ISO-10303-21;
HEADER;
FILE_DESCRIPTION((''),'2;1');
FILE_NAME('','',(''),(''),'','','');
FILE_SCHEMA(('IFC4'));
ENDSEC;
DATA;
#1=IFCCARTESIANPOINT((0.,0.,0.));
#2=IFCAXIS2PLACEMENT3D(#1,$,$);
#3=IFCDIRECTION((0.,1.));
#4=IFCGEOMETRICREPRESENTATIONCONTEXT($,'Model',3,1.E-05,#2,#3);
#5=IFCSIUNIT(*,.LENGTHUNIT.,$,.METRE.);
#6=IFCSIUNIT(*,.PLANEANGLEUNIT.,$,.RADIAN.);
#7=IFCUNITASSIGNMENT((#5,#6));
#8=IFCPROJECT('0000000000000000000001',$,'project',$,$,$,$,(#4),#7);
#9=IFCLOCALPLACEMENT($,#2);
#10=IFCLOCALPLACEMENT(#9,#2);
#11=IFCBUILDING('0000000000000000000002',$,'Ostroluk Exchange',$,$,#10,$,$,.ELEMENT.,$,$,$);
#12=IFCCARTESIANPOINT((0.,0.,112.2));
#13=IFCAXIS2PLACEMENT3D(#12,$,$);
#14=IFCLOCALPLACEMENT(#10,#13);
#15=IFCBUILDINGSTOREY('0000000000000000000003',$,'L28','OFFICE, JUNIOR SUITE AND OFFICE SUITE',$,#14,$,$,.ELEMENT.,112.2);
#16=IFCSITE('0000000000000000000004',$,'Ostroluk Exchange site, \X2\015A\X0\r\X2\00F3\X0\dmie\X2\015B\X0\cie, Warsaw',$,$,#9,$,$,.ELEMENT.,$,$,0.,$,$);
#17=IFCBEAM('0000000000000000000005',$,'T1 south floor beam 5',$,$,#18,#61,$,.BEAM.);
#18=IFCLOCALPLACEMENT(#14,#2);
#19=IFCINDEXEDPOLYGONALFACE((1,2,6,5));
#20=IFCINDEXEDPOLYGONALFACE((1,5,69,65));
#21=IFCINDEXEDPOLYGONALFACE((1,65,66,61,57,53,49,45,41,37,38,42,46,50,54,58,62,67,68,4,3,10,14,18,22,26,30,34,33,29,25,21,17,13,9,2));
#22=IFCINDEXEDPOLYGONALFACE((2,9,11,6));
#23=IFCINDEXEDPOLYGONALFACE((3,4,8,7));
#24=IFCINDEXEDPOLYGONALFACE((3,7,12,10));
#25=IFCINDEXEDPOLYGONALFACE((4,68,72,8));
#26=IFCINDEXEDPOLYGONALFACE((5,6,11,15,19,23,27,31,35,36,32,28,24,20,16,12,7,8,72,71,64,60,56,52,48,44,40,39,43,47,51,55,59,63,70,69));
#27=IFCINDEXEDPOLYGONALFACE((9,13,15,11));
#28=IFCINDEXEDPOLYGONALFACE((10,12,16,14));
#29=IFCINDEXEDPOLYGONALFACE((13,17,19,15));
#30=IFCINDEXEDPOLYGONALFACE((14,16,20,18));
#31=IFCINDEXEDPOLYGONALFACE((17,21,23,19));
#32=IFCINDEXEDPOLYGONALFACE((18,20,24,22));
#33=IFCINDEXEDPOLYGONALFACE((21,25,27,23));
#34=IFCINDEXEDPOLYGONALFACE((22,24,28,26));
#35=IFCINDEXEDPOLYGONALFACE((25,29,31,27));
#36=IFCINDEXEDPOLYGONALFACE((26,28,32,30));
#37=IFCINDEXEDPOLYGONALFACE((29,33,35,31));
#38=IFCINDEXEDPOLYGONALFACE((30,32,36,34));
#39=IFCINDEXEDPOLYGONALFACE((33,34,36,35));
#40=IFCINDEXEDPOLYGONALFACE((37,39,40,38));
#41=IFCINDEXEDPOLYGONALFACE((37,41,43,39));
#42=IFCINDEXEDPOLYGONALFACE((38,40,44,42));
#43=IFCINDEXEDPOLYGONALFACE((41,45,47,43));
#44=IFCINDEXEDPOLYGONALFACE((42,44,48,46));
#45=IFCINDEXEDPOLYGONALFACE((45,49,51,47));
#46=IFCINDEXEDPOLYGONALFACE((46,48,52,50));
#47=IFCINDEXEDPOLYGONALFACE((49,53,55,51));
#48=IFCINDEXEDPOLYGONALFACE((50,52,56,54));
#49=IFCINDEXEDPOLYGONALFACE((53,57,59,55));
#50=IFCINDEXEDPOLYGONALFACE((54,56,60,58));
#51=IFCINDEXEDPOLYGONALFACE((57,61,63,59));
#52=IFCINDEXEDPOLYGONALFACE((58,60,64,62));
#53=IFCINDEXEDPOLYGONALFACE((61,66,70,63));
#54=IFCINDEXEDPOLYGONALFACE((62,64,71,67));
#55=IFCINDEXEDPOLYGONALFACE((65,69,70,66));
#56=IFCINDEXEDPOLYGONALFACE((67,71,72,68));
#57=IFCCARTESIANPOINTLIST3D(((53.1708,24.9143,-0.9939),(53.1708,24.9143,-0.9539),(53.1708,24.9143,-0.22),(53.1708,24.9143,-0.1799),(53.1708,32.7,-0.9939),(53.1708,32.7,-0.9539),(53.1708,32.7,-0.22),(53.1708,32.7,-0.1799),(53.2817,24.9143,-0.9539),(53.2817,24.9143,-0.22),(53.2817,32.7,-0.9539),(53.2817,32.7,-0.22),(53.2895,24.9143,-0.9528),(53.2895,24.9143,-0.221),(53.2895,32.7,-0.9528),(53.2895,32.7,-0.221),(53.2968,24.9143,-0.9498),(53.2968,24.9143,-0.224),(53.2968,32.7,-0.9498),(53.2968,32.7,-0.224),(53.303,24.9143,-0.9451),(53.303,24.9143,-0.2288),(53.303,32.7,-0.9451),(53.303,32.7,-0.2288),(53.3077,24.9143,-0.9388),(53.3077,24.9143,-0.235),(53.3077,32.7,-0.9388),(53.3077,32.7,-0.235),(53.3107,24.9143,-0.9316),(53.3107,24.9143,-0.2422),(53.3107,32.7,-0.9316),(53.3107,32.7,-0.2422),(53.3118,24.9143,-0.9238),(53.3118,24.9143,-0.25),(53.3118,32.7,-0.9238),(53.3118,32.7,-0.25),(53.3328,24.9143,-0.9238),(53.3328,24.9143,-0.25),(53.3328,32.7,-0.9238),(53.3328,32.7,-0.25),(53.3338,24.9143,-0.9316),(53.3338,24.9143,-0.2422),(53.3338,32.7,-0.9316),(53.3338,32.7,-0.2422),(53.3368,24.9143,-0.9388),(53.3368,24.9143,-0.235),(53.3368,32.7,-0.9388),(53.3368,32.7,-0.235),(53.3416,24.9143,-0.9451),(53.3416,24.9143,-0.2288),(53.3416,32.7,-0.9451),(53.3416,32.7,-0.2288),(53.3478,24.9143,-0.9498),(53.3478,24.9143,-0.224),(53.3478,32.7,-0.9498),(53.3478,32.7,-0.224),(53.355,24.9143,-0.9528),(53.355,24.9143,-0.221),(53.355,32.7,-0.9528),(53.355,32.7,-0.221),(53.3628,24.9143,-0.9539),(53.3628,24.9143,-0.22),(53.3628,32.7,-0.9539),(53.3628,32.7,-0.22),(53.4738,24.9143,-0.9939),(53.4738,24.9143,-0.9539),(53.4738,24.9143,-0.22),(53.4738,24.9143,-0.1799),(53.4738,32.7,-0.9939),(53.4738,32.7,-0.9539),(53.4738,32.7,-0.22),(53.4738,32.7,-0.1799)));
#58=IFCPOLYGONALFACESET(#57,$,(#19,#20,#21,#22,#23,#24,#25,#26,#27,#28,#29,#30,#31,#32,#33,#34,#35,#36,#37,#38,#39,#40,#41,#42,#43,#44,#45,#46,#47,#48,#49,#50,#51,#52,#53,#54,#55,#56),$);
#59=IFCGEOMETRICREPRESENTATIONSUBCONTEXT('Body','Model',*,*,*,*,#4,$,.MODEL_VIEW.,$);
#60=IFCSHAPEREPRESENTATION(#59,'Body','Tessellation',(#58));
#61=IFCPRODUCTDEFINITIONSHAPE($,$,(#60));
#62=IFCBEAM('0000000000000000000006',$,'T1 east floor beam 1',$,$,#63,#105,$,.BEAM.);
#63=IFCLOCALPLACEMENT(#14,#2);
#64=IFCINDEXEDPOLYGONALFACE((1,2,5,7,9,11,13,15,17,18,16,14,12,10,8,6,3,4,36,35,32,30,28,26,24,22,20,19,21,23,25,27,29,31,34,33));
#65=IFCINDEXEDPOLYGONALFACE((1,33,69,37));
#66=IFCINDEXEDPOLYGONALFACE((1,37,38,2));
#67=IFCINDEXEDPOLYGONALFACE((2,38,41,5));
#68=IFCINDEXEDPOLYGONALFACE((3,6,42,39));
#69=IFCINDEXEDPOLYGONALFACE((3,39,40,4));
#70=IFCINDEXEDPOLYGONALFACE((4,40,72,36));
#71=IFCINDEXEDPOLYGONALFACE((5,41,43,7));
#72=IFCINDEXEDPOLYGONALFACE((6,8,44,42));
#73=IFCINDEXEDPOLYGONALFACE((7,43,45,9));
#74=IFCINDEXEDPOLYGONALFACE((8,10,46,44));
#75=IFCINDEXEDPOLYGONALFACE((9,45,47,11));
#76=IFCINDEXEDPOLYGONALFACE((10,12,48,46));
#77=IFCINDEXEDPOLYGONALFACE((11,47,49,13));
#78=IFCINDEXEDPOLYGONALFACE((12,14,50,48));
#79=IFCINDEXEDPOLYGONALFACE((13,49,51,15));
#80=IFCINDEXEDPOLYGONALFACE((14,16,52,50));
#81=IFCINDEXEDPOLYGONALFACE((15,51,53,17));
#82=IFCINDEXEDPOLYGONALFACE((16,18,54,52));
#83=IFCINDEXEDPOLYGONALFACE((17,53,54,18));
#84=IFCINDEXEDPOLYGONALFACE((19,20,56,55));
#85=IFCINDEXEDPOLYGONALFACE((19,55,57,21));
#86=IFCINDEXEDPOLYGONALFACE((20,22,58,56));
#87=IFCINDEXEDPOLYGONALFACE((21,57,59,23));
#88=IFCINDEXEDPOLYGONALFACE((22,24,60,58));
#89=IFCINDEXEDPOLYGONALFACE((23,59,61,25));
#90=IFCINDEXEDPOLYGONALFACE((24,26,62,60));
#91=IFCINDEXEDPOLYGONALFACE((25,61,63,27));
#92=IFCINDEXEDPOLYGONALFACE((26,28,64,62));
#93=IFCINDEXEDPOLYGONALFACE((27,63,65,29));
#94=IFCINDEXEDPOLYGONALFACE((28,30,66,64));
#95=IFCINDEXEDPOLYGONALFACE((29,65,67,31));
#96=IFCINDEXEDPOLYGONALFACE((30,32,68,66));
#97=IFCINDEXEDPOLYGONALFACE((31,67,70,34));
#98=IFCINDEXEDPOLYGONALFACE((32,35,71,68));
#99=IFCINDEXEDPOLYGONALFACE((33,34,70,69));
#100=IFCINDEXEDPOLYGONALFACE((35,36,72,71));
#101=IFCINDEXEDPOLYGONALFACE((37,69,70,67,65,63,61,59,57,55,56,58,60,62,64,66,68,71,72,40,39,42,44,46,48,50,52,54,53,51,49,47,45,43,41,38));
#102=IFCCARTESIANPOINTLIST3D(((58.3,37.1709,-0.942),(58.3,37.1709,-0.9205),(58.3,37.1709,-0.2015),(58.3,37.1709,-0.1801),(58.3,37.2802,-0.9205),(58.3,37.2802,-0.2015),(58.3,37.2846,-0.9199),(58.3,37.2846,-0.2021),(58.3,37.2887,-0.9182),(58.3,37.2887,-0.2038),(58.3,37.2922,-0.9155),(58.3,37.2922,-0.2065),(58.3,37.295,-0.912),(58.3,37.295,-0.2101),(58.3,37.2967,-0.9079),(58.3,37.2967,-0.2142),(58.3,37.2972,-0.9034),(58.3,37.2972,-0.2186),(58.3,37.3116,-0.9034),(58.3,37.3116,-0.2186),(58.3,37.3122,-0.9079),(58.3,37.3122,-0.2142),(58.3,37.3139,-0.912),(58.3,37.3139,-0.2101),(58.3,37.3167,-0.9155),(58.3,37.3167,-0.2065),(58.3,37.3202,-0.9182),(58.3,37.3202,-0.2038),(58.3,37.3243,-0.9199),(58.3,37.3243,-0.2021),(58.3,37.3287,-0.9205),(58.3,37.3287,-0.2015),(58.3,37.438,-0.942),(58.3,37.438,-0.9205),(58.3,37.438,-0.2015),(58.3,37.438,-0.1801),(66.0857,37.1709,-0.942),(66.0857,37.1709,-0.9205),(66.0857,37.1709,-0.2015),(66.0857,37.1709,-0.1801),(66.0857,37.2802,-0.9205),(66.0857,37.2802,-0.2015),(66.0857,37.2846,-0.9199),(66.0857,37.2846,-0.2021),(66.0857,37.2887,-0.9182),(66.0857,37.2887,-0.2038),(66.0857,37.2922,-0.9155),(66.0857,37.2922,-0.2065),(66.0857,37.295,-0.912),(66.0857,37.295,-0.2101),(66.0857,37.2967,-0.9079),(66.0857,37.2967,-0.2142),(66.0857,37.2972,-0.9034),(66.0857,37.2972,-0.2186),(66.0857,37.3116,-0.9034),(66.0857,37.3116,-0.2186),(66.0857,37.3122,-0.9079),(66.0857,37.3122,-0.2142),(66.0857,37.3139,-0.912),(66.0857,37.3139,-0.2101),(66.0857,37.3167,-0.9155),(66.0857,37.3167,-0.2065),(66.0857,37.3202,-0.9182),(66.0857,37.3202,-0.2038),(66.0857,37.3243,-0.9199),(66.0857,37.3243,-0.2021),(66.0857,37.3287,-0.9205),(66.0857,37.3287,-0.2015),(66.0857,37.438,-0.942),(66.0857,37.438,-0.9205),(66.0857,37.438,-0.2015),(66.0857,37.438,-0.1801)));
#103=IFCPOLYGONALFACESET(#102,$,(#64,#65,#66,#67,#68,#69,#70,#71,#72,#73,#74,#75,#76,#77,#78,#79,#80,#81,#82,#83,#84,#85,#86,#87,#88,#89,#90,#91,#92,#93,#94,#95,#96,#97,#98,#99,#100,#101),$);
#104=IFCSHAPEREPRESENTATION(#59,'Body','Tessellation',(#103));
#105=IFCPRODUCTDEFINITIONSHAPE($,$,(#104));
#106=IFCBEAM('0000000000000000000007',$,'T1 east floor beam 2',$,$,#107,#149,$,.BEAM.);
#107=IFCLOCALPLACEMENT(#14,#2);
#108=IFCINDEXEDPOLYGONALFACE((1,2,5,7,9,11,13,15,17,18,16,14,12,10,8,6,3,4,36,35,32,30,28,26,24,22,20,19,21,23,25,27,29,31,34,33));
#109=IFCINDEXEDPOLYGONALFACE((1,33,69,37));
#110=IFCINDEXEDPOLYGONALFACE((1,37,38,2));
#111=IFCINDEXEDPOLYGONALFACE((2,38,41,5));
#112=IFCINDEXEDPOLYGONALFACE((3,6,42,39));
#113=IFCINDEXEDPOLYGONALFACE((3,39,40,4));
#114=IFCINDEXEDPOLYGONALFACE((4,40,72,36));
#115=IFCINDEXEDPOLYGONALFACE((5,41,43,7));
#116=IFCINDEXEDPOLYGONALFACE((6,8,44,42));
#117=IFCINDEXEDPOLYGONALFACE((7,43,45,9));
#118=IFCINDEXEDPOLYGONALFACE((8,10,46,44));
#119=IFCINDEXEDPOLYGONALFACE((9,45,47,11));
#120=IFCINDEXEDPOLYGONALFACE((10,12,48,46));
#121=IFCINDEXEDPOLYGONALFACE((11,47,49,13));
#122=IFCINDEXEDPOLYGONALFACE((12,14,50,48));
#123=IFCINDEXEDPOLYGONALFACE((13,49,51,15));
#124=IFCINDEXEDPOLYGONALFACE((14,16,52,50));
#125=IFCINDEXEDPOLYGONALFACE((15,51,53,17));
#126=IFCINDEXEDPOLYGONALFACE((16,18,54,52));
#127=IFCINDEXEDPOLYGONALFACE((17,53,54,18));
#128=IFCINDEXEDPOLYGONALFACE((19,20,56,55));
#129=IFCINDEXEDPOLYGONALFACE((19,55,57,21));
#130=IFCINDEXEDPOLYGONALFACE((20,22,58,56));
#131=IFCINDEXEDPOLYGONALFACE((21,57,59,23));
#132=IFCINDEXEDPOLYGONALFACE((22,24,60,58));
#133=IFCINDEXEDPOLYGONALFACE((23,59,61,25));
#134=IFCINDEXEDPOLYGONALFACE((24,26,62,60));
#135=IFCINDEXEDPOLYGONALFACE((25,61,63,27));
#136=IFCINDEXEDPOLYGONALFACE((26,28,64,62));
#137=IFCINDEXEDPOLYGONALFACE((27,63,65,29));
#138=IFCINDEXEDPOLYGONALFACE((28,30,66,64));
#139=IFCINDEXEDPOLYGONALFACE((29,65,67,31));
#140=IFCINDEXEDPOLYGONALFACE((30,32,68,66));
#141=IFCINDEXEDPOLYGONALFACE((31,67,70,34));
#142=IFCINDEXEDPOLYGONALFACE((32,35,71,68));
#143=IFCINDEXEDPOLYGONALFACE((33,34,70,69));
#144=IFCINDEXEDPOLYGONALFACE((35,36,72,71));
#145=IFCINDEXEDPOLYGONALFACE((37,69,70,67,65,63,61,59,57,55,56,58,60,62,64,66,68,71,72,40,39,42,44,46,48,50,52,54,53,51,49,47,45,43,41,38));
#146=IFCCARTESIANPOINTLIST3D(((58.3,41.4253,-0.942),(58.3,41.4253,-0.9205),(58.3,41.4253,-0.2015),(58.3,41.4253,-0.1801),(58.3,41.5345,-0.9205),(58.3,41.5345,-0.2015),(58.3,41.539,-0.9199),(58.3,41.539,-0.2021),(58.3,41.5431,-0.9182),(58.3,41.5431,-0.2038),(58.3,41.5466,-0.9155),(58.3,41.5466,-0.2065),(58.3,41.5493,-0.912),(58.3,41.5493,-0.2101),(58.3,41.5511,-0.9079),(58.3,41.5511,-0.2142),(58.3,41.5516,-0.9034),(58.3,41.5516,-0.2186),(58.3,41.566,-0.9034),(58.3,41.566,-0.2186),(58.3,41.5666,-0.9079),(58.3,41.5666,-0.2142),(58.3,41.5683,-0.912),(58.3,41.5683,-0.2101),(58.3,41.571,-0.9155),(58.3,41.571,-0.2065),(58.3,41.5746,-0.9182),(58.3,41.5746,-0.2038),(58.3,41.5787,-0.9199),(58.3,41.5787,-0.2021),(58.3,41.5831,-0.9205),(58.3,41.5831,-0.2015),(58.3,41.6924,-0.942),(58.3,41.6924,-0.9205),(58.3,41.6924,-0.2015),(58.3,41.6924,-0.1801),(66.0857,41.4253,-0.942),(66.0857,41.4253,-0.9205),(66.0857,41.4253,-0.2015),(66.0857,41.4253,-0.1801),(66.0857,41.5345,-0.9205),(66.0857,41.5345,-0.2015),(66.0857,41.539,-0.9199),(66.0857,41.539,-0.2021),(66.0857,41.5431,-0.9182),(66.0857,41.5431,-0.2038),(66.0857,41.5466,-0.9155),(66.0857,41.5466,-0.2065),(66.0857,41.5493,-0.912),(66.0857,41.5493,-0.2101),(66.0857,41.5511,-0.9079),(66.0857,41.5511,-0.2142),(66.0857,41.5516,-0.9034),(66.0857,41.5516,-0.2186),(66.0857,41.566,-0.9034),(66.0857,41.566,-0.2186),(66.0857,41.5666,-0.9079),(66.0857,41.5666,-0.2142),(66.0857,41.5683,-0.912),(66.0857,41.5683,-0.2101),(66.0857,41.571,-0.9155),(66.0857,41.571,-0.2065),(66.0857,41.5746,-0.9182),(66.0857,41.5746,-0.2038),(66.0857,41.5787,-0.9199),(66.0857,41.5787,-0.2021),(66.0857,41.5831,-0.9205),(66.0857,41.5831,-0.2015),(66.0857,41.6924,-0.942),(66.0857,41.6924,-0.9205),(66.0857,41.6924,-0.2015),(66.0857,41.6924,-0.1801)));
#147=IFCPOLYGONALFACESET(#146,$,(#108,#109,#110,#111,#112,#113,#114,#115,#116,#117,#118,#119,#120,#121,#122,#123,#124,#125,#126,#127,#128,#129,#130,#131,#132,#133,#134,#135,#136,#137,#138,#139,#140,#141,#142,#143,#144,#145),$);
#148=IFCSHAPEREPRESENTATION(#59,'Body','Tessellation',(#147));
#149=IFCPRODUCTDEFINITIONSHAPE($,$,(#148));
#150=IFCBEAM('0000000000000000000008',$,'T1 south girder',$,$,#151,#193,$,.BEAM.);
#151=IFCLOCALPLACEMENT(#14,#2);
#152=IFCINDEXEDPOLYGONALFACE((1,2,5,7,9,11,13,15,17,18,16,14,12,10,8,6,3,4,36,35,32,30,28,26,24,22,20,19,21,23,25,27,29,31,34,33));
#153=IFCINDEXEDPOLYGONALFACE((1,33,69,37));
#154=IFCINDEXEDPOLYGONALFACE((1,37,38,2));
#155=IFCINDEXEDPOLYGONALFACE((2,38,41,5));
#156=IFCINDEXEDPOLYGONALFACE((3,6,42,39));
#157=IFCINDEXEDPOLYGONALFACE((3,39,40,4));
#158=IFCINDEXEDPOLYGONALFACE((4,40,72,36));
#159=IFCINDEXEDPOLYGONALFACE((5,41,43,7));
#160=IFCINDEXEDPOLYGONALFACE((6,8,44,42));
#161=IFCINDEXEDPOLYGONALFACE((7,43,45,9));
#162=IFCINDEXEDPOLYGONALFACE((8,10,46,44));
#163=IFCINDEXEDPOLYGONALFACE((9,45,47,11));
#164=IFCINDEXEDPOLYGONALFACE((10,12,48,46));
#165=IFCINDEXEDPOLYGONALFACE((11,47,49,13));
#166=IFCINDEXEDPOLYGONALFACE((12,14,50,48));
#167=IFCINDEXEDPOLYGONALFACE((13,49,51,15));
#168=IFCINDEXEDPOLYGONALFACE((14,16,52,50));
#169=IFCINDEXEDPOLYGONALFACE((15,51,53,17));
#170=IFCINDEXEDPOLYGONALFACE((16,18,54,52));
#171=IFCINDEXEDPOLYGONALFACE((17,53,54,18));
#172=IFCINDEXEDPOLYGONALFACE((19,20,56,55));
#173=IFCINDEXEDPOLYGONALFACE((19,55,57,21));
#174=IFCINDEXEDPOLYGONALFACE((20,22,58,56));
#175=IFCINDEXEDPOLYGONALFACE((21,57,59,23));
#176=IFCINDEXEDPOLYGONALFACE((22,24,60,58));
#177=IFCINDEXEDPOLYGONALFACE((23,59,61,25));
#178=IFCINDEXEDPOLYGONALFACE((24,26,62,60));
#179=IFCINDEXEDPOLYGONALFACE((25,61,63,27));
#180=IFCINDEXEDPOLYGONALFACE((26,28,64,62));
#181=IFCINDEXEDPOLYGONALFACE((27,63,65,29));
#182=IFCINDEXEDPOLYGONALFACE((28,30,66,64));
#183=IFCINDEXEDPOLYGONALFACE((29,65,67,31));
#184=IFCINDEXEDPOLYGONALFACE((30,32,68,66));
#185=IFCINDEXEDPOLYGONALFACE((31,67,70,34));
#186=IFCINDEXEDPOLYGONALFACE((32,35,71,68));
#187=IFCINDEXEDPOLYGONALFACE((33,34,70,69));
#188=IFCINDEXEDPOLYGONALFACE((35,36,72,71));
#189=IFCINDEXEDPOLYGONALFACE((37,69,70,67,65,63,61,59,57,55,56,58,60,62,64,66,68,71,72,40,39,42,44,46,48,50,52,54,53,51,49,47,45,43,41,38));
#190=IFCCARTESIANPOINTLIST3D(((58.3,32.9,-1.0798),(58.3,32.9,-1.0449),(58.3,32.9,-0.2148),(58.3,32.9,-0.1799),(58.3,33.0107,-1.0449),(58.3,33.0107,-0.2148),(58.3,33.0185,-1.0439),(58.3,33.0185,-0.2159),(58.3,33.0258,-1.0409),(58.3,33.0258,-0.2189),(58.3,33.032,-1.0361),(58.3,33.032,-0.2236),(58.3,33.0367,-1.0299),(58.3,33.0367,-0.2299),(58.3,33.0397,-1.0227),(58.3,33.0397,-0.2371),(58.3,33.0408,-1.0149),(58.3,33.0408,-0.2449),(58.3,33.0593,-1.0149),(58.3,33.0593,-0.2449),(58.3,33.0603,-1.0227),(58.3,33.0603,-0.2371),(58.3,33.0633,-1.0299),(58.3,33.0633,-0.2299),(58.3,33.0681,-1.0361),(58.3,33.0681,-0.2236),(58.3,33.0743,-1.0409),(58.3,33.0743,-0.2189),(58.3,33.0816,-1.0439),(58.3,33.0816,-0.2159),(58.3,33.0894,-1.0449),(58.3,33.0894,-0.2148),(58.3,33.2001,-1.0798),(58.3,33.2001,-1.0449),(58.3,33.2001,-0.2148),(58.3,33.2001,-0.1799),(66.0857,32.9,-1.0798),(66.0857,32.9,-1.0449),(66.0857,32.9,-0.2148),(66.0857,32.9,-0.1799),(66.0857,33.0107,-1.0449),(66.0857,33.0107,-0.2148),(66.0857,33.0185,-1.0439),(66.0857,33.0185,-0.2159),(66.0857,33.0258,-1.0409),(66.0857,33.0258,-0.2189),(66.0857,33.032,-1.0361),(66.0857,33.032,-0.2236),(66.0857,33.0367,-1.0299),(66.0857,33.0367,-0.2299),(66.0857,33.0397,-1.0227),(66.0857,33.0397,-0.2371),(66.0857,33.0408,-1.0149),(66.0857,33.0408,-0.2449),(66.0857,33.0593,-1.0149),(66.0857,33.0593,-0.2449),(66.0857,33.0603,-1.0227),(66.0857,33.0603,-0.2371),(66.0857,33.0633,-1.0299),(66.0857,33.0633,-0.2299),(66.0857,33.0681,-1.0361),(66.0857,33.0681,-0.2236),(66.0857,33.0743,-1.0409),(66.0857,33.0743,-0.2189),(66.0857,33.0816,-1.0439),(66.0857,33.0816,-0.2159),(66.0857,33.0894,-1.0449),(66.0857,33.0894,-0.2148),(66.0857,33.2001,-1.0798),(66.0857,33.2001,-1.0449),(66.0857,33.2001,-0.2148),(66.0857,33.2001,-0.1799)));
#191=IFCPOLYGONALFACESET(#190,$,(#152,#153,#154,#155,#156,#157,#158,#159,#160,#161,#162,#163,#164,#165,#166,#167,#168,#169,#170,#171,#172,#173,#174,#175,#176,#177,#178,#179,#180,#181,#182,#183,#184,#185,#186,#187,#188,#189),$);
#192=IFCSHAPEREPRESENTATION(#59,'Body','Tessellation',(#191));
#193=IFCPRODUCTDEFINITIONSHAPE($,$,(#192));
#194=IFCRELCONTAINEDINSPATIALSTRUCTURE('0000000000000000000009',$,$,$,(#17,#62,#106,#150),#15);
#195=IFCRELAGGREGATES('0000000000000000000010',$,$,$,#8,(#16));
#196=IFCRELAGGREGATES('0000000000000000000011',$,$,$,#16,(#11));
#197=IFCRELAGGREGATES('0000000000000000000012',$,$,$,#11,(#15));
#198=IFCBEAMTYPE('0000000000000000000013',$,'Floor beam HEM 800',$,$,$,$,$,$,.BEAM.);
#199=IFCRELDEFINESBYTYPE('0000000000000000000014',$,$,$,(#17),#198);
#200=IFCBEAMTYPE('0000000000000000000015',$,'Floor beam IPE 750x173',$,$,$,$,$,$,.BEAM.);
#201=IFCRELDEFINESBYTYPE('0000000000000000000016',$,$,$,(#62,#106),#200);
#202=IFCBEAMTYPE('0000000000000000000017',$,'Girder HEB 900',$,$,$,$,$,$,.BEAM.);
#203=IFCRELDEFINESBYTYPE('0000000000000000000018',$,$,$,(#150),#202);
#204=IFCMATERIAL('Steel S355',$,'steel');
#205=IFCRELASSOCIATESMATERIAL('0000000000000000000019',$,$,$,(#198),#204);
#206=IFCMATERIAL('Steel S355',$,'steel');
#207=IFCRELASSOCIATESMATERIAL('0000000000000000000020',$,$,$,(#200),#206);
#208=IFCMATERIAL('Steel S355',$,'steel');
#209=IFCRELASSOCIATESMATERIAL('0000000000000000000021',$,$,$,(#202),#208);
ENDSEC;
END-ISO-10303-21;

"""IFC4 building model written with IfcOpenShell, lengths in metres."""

from ifc_helpers import new_model, si_unit, direction, frame, origin, origin_2d, place, context, subcontext, project, spatial, i_section, extrude, material, material_profile, profile_set, type_object, element, save


model = new_model("IFC4")

# Units and contexts
model_context = context("Model", 3, precision=1e-05, world=origin(), true_north=direction((0.0, 1.0)))
body_context = subcontext(model_context, "Body", "Model", "MODEL_VIEW")
ifc_project = project(units=[si_unit("LENGTHUNIT", "METRE"), si_unit("PLANEANGLEUNIT", "RADIAN")], contexts=[model_context])

# Site, building, storey
site_placement = place(None, origin())
site = spatial("IfcSite", under=ifc_project, at=site_placement, Name="Ostroluk Exchange site, Śródmieście, Warsaw", CompositionType="ELEMENT", RefElevation=0.0)
building_placement = place(site_placement, origin())
building = spatial("IfcBuilding", under=site, at=building_placement, Name="Ostroluk Exchange", CompositionType="ELEMENT")
storey_placement = place(building_placement, frame((0.0, 0.0, 112.2)))
storey = spatial("IfcBuildingStorey", under=building, at=storey_placement, Name="L28", Description="OFFICE, JUNIOR SUITE AND OFFICE SUITE", CompositionType="ELEMENT", Elevation=112.2)

# Beams
ifc_material_1 = material(Name="Steel S355", Category="steel")
ifc_material_profile_1 = material_profile(ifc_material_1, i_section(OverallWidth=0.303, OverallDepth=0.814, WebThickness=0.021, FlangeThickness=0.04, FilletRadius=0.03, at=origin_2d()), Name="HEM 800")
ifc_profile_set_1 = profile_set([ifc_material_profile_1], Name="Steel S355")
beam_type_1 = type_object("IfcBeamType", Name="Floor beam HEM 800", PredefinedType="BEAM", material=ifc_profile_set_1)
beam_1_placement = place(storey_placement, frame((53.3223, 32.7, -0.5869), z_axis=(0.0, -1.0, 0.0), x_axis=(1.0, 0.0, 0.0)))
element("IfcBeam", 1, at=beam_1_placement, inside=storey, type_object=beam_type_1, Name="T1 south floor beam 5", PredefinedType="BEAM", context=body_context, shape_type="SweptSolid", body=[
    extrude(i_section(OverallWidth=0.303, OverallDepth=0.814, WebThickness=0.021, FlangeThickness=0.04, FilletRadius=0.03, at=origin_2d()), origin(), (0.0, 0.0, 1.0), 7.7856),
])
ifc_material_2 = material(Name="Steel S355", Category="steel")
ifc_material_profile_2 = material_profile(ifc_material_2, i_section(OverallWidth=0.2671, OverallDepth=0.762, WebThickness=0.0144, FlangeThickness=0.0215, FilletRadius=0.0171, at=origin_2d()), Name="IPE 750x173")
ifc_profile_set_2 = profile_set([ifc_material_profile_2], Name="Steel S355")
beam_type_2 = type_object("IfcBeamType", Name="Floor beam IPE 750x173", PredefinedType="BEAM", material=ifc_profile_set_2)
for number, where, z_axis, x_axis, name in (
    (2, (58.3, 37.3044, -0.561), (1.0, 0.0, 0.0), (0.0, 1.0, 0.0), "T1 east floor beam 1"),
    (3, (58.3, 41.5588, -0.561), (1.0, 0.0, 0.0), (0.0, 1.0, 0.0), "T1 east floor beam 2"),
):
    element("IfcBeam", number, at=place(storey_placement, frame(where, z_axis=z_axis, x_axis=x_axis)), inside=storey, type_object=beam_type_2, Name=name, PredefinedType="BEAM", context=body_context, shape_type="SweptSolid", body=[
        extrude(i_section(OverallWidth=0.2671, OverallDepth=0.762, WebThickness=0.0144, FlangeThickness=0.0215, FilletRadius=0.0171, at=origin_2d()), origin(), (0.0, 0.0, 1.0), 7.7856),
    ])
ifc_material_3 = material(Name="Steel S355", Category="steel")
ifc_material_profile_3 = material_profile(ifc_material_3, i_section(OverallWidth=0.3, OverallDepth=0.8999, WebThickness=0.0186, FlangeThickness=0.0349, FilletRadius=0.03, at=origin_2d()), Name="HEB 900")
ifc_profile_set_3 = profile_set([ifc_material_profile_3], Name="Steel S355")
beam_type_3 = type_object("IfcBeamType", Name="Girder HEB 900", PredefinedType="BEAM", material=ifc_profile_set_3)
beam_2_placement = place(storey_placement, frame((58.3, 33.05, -0.6299), z_axis=(1.0, 0.0, 0.0), x_axis=(0.0, 1.0, 0.0)))
element("IfcBeam", 4, at=beam_2_placement, inside=storey, type_object=beam_type_3, Name="T1 south girder", PredefinedType="BEAM", context=body_context, shape_type="SweptSolid", body=[
    extrude(i_section(OverallWidth=0.3, OverallDepth=0.8999, WebThickness=0.0186, FlangeThickness=0.0349, FilletRadius=0.03, at=origin_2d()), origin(), (0.0, 0.0, 1.0), 7.7856),
])

save(model, "model.ifc")
